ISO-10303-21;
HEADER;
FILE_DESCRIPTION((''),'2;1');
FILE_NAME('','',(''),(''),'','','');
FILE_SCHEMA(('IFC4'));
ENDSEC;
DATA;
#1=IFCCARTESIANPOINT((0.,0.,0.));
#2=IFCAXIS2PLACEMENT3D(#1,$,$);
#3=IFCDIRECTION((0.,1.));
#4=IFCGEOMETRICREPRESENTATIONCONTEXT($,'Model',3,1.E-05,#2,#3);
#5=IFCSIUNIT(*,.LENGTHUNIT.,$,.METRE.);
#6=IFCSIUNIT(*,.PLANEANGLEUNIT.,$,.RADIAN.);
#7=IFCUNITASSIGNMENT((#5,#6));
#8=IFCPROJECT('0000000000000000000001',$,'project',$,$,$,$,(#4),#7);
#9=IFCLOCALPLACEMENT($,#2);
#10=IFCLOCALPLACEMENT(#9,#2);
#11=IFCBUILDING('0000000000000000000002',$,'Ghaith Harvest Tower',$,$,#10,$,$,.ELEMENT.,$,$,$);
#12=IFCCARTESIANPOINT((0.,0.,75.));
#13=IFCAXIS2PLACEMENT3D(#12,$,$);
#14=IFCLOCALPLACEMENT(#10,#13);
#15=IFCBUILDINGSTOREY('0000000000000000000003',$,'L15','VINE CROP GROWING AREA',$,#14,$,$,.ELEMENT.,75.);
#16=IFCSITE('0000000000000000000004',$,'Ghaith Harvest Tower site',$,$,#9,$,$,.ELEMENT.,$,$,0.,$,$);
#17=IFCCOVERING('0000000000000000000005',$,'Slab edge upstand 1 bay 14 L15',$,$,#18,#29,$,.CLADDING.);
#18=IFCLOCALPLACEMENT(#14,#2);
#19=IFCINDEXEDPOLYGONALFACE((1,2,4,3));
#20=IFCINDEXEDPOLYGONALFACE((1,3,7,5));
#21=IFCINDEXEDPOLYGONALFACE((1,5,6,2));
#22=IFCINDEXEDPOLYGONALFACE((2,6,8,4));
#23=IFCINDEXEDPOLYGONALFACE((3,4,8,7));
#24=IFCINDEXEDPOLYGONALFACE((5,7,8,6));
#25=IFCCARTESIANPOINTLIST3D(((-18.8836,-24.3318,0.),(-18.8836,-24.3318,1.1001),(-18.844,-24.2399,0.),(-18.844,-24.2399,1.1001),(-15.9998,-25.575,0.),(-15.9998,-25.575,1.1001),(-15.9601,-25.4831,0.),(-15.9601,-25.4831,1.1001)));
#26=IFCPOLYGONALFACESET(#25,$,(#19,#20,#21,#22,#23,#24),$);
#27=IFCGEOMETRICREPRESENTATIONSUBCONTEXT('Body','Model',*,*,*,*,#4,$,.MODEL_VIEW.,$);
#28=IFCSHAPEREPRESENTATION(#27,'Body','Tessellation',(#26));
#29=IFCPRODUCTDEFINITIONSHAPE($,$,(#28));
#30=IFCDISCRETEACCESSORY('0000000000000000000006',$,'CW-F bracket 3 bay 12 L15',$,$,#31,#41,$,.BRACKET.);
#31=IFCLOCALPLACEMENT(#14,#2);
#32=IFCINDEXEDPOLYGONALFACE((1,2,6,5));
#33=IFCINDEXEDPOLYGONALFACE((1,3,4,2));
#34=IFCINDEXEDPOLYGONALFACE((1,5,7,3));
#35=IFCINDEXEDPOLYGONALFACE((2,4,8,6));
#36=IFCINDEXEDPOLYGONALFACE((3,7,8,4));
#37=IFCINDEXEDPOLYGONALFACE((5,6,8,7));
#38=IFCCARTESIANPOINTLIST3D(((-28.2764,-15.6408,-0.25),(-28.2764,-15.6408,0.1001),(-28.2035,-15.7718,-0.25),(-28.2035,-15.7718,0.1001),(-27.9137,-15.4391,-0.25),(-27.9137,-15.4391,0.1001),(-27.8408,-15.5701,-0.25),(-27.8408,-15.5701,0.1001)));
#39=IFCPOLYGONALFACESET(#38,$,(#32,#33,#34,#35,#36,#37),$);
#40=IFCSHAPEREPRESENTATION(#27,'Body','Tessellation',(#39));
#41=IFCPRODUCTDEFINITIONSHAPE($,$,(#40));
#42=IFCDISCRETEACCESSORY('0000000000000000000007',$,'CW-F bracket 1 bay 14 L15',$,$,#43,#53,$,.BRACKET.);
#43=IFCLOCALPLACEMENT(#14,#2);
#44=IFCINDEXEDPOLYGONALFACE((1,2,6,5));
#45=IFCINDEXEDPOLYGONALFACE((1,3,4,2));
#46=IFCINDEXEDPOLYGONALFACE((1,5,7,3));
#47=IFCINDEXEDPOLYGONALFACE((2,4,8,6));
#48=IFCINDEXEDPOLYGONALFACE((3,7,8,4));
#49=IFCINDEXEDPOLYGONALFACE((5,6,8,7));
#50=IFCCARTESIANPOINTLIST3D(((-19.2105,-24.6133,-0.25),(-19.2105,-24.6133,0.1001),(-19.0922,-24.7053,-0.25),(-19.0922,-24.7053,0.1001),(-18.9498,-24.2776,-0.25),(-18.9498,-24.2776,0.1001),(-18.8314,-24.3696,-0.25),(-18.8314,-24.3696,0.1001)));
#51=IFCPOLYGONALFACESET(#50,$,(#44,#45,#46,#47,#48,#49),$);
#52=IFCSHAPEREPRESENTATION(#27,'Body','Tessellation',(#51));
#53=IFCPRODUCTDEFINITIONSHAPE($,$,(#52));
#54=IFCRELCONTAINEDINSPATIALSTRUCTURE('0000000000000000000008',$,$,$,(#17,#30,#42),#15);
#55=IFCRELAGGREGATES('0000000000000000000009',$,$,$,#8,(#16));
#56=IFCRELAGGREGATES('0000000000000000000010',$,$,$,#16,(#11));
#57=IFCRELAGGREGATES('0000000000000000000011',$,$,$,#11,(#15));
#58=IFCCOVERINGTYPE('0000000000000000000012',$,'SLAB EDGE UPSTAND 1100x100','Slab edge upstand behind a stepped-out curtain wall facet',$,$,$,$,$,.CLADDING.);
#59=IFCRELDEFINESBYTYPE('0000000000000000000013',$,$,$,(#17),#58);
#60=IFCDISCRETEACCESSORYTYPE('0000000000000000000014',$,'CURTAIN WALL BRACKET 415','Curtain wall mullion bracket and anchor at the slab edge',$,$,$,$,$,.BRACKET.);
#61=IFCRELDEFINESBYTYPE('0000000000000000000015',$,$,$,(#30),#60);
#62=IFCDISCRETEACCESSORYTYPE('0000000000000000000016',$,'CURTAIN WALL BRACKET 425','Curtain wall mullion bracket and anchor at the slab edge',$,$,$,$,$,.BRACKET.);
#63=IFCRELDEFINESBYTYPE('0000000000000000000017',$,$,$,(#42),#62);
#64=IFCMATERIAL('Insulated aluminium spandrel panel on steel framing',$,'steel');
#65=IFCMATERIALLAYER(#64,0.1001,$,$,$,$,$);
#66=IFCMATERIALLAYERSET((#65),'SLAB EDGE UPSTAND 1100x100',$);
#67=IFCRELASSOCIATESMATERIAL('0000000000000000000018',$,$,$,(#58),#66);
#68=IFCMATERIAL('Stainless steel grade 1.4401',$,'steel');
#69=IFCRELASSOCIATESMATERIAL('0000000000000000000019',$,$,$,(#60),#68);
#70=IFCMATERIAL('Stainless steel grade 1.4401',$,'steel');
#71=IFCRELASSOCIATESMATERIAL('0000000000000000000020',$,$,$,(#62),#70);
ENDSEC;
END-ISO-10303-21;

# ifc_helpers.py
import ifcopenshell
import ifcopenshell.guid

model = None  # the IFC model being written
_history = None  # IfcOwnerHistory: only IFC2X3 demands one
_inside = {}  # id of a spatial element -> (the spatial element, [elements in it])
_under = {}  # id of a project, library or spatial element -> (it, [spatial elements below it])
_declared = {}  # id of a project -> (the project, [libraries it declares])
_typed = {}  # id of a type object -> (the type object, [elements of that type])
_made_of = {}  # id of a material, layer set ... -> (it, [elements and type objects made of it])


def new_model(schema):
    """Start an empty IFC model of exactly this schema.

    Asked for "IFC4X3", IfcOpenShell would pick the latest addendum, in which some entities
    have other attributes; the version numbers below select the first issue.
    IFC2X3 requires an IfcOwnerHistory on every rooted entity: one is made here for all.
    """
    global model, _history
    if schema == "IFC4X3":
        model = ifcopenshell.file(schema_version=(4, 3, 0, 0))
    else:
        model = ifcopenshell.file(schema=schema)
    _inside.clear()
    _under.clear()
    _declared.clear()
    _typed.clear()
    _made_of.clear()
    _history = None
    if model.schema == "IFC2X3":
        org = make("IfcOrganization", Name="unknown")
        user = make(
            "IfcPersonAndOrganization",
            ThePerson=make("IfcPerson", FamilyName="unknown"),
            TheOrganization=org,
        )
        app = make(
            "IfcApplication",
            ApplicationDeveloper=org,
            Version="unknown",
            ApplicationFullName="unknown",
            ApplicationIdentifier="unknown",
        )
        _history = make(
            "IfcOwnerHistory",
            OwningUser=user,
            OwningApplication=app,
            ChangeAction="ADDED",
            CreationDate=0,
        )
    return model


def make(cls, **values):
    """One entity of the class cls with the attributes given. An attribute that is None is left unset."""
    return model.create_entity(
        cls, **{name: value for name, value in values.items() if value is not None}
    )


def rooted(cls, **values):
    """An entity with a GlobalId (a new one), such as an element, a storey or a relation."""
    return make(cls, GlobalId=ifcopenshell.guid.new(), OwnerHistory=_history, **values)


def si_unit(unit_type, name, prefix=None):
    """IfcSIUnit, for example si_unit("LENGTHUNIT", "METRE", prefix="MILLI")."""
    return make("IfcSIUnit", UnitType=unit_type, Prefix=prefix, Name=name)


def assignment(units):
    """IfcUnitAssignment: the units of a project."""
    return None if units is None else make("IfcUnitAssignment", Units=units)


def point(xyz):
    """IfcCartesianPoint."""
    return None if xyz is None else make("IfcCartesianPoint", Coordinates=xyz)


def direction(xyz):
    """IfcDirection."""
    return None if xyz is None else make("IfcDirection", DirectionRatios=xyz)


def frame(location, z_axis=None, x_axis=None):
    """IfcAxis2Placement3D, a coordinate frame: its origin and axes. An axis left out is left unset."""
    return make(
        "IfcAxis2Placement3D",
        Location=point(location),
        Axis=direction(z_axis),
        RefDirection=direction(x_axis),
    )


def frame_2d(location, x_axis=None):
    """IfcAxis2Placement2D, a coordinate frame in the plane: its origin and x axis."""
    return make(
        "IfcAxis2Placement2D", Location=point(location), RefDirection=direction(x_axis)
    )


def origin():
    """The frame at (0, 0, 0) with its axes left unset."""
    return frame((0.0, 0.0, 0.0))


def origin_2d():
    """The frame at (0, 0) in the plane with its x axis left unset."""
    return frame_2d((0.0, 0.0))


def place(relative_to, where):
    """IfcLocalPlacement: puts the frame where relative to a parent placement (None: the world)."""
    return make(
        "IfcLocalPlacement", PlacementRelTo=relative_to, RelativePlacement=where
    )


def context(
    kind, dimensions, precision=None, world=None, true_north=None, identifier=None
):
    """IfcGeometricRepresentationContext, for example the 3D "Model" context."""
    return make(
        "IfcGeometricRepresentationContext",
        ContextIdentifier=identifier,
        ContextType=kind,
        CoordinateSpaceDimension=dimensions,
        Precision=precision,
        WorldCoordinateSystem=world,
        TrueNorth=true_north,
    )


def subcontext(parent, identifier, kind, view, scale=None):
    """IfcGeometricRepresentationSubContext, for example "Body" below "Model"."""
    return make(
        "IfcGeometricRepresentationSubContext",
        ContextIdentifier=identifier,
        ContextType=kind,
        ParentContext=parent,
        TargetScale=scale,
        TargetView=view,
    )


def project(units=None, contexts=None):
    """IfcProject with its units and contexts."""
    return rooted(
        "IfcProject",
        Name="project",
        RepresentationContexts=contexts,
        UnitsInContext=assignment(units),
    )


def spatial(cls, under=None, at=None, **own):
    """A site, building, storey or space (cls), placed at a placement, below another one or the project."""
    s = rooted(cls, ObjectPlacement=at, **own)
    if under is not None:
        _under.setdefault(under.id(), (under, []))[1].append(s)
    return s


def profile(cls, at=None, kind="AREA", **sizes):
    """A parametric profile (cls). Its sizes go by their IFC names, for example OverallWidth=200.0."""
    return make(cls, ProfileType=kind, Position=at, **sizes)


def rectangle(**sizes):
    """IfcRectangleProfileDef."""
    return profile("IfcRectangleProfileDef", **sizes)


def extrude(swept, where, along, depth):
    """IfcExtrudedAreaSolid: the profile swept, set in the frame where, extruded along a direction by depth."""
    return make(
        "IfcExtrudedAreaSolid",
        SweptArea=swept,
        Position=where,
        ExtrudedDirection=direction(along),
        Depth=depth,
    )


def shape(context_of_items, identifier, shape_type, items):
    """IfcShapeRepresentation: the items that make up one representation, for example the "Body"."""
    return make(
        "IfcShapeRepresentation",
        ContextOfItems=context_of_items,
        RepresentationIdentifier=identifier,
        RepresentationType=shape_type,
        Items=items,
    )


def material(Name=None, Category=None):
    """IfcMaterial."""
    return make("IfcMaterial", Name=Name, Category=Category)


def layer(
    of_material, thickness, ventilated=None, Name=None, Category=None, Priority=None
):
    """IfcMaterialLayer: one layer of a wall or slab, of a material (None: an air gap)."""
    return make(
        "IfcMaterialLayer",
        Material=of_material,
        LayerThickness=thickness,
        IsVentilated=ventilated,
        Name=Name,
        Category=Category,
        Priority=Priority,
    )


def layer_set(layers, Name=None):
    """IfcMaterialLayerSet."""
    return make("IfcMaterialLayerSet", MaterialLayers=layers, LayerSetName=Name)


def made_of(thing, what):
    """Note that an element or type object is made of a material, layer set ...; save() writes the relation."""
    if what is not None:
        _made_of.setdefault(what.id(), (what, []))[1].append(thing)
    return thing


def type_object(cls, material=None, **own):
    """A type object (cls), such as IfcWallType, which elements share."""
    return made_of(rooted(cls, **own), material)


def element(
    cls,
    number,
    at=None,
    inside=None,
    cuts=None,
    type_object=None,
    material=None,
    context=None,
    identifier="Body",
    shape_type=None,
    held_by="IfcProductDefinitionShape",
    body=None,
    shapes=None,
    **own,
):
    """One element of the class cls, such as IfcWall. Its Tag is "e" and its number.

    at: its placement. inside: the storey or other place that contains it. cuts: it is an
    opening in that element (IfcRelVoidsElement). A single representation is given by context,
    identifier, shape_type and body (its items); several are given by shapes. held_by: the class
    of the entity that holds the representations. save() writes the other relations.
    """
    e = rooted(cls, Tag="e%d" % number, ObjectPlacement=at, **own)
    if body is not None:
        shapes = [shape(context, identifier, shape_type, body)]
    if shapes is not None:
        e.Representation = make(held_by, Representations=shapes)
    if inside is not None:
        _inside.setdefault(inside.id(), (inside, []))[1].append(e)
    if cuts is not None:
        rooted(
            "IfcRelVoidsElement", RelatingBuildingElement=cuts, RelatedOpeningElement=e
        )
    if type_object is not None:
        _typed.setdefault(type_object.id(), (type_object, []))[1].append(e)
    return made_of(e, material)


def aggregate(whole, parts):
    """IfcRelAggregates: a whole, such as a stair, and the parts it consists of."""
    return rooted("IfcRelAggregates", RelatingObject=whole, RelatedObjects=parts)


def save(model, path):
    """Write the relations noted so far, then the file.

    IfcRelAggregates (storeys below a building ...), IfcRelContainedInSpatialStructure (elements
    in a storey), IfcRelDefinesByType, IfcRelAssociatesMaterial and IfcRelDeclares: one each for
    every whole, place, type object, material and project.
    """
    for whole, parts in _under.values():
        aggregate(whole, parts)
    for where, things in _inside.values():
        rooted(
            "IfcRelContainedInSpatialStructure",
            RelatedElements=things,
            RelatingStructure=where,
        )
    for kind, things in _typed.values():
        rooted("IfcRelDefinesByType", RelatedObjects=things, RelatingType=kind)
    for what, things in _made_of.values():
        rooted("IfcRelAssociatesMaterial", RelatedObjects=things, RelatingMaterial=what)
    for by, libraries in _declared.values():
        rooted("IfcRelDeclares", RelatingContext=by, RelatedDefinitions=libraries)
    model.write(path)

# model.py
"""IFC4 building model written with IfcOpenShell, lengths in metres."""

from ifc_helpers import new_model, si_unit, direction, frame, origin, origin_2d, place, context, subcontext, project, spatial, rectangle, extrude, material, layer, layer_set, type_object, element, save


model = new_model("IFC4")

# Units and contexts
model_context = context("Model", 3, precision=1e-05, world=origin(), true_north=direction((0.0, 1.0)))
body_context = subcontext(model_context, "Body", "Model", "MODEL_VIEW")
ifc_project = project(units=[si_unit("LENGTHUNIT", "METRE"), si_unit("PLANEANGLEUNIT", "RADIAN")], contexts=[model_context])

# Site, building, storey
site_placement = place(None, origin())
site = spatial("IfcSite", under=ifc_project, at=site_placement, Name="Ghaith Harvest Tower site", CompositionType="ELEMENT", RefElevation=0.0)
building_placement = place(site_placement, origin())
building = spatial("IfcBuilding", under=site, at=building_placement, Name="Ghaith Harvest Tower", CompositionType="ELEMENT")
storey_placement = place(building_placement, frame((0.0, 0.0, 75.0)))
storey = spatial("IfcBuildingStorey", under=building, at=storey_placement, Name="L15", Description="VINE CROP GROWING AREA", CompositionType="ELEMENT", Elevation=75.0)

# Covering
ifc_material_1 = material(Name="Insulated aluminium spandrel panel on steel framing", Category="steel")
ifc_layer_1 = layer(ifc_material_1, 0.1001)
ifc_layer_set_1 = layer_set([ifc_layer_1], Name="SLAB EDGE UPSTAND 1100x100")
covering_type = type_object("IfcCoveringType", Name="SLAB EDGE UPSTAND 1100x100", Description="Slab edge upstand behind a stepped-out curtain wall facet", PredefinedType="CLADDING", material=ifc_layer_set_1)
covering_1_placement = place(storey_placement, frame((-17.4219, -24.9075, 0.0), z_axis=(0.0, 0.0, 1.0), x_axis=(0.918307, -0.395869, 0.0)))
element("IfcCovering", 1, at=covering_1_placement, inside=storey, type_object=covering_type, Name="Slab edge upstand 1 bay 14 L15", PredefinedType="CLADDING", context=body_context, shape_type="SweptSolid", body=[
    extrude(rectangle(XDim=3.1404, YDim=0.1001, at=origin_2d()), origin(), (0.0, 0.0, 1.0), 1.1001),
])

# Discrete accessories
ifc_material_2 = material(Name="Stainless steel grade 1.4401", Category="steel")
discrete_accessory_type_1 = type_object("IfcDiscreteAccessoryType", Name="CURTAIN WALL BRACKET 415", Description="Curtain wall mullion bracket and anchor at the slab edge", PredefinedType="BRACKET", material=ifc_material_2)
discrete_accessory_1_placement = place(storey_placement, frame((-28.0586, -15.6055, -0.25), z_axis=(0.0, 0.0, 1.0), x_axis=(-0.873927, -0.486057, 0.0)))
element("IfcDiscreteAccessory", 2, at=discrete_accessory_1_placement, inside=storey, type_object=discrete_accessory_type_1, Name="CW-F bracket 3 bay 12 L15", PredefinedType="BRACKET", context=body_context, shape_type="SweptSolid", body=[
    extrude(rectangle(XDim=0.415, YDim=0.1499, at=origin_2d()), origin(), (0.0, 0.0, 1.0), 0.3501),
])
ifc_material_3 = material(Name="Stainless steel grade 1.4401", Category="steel")
discrete_accessory_type_2 = type_object("IfcDiscreteAccessoryType", Name="CURTAIN WALL BRACKET 425", Description="Curtain wall mullion bracket and anchor at the slab edge", PredefinedType="BRACKET", material=ifc_material_3)
discrete_accessory_2_placement = place(storey_placement, frame((-19.021, -24.4915, -0.25), z_axis=(0.0, 0.0, 1.0), x_axis=(-0.613378, -0.78979, 0.0)))
element("IfcDiscreteAccessory", 3, at=discrete_accessory_2_placement, inside=storey, type_object=discrete_accessory_type_2, Name="CW-F bracket 1 bay 14 L15", PredefinedType="BRACKET", context=body_context, shape_type="SweptSolid", body=[
    extrude(rectangle(XDim=0.425, YDim=0.1499, at=origin_2d()), origin(), (0.0, 0.0, 1.0), 0.3501),
])

save(model, "model.ifc")
